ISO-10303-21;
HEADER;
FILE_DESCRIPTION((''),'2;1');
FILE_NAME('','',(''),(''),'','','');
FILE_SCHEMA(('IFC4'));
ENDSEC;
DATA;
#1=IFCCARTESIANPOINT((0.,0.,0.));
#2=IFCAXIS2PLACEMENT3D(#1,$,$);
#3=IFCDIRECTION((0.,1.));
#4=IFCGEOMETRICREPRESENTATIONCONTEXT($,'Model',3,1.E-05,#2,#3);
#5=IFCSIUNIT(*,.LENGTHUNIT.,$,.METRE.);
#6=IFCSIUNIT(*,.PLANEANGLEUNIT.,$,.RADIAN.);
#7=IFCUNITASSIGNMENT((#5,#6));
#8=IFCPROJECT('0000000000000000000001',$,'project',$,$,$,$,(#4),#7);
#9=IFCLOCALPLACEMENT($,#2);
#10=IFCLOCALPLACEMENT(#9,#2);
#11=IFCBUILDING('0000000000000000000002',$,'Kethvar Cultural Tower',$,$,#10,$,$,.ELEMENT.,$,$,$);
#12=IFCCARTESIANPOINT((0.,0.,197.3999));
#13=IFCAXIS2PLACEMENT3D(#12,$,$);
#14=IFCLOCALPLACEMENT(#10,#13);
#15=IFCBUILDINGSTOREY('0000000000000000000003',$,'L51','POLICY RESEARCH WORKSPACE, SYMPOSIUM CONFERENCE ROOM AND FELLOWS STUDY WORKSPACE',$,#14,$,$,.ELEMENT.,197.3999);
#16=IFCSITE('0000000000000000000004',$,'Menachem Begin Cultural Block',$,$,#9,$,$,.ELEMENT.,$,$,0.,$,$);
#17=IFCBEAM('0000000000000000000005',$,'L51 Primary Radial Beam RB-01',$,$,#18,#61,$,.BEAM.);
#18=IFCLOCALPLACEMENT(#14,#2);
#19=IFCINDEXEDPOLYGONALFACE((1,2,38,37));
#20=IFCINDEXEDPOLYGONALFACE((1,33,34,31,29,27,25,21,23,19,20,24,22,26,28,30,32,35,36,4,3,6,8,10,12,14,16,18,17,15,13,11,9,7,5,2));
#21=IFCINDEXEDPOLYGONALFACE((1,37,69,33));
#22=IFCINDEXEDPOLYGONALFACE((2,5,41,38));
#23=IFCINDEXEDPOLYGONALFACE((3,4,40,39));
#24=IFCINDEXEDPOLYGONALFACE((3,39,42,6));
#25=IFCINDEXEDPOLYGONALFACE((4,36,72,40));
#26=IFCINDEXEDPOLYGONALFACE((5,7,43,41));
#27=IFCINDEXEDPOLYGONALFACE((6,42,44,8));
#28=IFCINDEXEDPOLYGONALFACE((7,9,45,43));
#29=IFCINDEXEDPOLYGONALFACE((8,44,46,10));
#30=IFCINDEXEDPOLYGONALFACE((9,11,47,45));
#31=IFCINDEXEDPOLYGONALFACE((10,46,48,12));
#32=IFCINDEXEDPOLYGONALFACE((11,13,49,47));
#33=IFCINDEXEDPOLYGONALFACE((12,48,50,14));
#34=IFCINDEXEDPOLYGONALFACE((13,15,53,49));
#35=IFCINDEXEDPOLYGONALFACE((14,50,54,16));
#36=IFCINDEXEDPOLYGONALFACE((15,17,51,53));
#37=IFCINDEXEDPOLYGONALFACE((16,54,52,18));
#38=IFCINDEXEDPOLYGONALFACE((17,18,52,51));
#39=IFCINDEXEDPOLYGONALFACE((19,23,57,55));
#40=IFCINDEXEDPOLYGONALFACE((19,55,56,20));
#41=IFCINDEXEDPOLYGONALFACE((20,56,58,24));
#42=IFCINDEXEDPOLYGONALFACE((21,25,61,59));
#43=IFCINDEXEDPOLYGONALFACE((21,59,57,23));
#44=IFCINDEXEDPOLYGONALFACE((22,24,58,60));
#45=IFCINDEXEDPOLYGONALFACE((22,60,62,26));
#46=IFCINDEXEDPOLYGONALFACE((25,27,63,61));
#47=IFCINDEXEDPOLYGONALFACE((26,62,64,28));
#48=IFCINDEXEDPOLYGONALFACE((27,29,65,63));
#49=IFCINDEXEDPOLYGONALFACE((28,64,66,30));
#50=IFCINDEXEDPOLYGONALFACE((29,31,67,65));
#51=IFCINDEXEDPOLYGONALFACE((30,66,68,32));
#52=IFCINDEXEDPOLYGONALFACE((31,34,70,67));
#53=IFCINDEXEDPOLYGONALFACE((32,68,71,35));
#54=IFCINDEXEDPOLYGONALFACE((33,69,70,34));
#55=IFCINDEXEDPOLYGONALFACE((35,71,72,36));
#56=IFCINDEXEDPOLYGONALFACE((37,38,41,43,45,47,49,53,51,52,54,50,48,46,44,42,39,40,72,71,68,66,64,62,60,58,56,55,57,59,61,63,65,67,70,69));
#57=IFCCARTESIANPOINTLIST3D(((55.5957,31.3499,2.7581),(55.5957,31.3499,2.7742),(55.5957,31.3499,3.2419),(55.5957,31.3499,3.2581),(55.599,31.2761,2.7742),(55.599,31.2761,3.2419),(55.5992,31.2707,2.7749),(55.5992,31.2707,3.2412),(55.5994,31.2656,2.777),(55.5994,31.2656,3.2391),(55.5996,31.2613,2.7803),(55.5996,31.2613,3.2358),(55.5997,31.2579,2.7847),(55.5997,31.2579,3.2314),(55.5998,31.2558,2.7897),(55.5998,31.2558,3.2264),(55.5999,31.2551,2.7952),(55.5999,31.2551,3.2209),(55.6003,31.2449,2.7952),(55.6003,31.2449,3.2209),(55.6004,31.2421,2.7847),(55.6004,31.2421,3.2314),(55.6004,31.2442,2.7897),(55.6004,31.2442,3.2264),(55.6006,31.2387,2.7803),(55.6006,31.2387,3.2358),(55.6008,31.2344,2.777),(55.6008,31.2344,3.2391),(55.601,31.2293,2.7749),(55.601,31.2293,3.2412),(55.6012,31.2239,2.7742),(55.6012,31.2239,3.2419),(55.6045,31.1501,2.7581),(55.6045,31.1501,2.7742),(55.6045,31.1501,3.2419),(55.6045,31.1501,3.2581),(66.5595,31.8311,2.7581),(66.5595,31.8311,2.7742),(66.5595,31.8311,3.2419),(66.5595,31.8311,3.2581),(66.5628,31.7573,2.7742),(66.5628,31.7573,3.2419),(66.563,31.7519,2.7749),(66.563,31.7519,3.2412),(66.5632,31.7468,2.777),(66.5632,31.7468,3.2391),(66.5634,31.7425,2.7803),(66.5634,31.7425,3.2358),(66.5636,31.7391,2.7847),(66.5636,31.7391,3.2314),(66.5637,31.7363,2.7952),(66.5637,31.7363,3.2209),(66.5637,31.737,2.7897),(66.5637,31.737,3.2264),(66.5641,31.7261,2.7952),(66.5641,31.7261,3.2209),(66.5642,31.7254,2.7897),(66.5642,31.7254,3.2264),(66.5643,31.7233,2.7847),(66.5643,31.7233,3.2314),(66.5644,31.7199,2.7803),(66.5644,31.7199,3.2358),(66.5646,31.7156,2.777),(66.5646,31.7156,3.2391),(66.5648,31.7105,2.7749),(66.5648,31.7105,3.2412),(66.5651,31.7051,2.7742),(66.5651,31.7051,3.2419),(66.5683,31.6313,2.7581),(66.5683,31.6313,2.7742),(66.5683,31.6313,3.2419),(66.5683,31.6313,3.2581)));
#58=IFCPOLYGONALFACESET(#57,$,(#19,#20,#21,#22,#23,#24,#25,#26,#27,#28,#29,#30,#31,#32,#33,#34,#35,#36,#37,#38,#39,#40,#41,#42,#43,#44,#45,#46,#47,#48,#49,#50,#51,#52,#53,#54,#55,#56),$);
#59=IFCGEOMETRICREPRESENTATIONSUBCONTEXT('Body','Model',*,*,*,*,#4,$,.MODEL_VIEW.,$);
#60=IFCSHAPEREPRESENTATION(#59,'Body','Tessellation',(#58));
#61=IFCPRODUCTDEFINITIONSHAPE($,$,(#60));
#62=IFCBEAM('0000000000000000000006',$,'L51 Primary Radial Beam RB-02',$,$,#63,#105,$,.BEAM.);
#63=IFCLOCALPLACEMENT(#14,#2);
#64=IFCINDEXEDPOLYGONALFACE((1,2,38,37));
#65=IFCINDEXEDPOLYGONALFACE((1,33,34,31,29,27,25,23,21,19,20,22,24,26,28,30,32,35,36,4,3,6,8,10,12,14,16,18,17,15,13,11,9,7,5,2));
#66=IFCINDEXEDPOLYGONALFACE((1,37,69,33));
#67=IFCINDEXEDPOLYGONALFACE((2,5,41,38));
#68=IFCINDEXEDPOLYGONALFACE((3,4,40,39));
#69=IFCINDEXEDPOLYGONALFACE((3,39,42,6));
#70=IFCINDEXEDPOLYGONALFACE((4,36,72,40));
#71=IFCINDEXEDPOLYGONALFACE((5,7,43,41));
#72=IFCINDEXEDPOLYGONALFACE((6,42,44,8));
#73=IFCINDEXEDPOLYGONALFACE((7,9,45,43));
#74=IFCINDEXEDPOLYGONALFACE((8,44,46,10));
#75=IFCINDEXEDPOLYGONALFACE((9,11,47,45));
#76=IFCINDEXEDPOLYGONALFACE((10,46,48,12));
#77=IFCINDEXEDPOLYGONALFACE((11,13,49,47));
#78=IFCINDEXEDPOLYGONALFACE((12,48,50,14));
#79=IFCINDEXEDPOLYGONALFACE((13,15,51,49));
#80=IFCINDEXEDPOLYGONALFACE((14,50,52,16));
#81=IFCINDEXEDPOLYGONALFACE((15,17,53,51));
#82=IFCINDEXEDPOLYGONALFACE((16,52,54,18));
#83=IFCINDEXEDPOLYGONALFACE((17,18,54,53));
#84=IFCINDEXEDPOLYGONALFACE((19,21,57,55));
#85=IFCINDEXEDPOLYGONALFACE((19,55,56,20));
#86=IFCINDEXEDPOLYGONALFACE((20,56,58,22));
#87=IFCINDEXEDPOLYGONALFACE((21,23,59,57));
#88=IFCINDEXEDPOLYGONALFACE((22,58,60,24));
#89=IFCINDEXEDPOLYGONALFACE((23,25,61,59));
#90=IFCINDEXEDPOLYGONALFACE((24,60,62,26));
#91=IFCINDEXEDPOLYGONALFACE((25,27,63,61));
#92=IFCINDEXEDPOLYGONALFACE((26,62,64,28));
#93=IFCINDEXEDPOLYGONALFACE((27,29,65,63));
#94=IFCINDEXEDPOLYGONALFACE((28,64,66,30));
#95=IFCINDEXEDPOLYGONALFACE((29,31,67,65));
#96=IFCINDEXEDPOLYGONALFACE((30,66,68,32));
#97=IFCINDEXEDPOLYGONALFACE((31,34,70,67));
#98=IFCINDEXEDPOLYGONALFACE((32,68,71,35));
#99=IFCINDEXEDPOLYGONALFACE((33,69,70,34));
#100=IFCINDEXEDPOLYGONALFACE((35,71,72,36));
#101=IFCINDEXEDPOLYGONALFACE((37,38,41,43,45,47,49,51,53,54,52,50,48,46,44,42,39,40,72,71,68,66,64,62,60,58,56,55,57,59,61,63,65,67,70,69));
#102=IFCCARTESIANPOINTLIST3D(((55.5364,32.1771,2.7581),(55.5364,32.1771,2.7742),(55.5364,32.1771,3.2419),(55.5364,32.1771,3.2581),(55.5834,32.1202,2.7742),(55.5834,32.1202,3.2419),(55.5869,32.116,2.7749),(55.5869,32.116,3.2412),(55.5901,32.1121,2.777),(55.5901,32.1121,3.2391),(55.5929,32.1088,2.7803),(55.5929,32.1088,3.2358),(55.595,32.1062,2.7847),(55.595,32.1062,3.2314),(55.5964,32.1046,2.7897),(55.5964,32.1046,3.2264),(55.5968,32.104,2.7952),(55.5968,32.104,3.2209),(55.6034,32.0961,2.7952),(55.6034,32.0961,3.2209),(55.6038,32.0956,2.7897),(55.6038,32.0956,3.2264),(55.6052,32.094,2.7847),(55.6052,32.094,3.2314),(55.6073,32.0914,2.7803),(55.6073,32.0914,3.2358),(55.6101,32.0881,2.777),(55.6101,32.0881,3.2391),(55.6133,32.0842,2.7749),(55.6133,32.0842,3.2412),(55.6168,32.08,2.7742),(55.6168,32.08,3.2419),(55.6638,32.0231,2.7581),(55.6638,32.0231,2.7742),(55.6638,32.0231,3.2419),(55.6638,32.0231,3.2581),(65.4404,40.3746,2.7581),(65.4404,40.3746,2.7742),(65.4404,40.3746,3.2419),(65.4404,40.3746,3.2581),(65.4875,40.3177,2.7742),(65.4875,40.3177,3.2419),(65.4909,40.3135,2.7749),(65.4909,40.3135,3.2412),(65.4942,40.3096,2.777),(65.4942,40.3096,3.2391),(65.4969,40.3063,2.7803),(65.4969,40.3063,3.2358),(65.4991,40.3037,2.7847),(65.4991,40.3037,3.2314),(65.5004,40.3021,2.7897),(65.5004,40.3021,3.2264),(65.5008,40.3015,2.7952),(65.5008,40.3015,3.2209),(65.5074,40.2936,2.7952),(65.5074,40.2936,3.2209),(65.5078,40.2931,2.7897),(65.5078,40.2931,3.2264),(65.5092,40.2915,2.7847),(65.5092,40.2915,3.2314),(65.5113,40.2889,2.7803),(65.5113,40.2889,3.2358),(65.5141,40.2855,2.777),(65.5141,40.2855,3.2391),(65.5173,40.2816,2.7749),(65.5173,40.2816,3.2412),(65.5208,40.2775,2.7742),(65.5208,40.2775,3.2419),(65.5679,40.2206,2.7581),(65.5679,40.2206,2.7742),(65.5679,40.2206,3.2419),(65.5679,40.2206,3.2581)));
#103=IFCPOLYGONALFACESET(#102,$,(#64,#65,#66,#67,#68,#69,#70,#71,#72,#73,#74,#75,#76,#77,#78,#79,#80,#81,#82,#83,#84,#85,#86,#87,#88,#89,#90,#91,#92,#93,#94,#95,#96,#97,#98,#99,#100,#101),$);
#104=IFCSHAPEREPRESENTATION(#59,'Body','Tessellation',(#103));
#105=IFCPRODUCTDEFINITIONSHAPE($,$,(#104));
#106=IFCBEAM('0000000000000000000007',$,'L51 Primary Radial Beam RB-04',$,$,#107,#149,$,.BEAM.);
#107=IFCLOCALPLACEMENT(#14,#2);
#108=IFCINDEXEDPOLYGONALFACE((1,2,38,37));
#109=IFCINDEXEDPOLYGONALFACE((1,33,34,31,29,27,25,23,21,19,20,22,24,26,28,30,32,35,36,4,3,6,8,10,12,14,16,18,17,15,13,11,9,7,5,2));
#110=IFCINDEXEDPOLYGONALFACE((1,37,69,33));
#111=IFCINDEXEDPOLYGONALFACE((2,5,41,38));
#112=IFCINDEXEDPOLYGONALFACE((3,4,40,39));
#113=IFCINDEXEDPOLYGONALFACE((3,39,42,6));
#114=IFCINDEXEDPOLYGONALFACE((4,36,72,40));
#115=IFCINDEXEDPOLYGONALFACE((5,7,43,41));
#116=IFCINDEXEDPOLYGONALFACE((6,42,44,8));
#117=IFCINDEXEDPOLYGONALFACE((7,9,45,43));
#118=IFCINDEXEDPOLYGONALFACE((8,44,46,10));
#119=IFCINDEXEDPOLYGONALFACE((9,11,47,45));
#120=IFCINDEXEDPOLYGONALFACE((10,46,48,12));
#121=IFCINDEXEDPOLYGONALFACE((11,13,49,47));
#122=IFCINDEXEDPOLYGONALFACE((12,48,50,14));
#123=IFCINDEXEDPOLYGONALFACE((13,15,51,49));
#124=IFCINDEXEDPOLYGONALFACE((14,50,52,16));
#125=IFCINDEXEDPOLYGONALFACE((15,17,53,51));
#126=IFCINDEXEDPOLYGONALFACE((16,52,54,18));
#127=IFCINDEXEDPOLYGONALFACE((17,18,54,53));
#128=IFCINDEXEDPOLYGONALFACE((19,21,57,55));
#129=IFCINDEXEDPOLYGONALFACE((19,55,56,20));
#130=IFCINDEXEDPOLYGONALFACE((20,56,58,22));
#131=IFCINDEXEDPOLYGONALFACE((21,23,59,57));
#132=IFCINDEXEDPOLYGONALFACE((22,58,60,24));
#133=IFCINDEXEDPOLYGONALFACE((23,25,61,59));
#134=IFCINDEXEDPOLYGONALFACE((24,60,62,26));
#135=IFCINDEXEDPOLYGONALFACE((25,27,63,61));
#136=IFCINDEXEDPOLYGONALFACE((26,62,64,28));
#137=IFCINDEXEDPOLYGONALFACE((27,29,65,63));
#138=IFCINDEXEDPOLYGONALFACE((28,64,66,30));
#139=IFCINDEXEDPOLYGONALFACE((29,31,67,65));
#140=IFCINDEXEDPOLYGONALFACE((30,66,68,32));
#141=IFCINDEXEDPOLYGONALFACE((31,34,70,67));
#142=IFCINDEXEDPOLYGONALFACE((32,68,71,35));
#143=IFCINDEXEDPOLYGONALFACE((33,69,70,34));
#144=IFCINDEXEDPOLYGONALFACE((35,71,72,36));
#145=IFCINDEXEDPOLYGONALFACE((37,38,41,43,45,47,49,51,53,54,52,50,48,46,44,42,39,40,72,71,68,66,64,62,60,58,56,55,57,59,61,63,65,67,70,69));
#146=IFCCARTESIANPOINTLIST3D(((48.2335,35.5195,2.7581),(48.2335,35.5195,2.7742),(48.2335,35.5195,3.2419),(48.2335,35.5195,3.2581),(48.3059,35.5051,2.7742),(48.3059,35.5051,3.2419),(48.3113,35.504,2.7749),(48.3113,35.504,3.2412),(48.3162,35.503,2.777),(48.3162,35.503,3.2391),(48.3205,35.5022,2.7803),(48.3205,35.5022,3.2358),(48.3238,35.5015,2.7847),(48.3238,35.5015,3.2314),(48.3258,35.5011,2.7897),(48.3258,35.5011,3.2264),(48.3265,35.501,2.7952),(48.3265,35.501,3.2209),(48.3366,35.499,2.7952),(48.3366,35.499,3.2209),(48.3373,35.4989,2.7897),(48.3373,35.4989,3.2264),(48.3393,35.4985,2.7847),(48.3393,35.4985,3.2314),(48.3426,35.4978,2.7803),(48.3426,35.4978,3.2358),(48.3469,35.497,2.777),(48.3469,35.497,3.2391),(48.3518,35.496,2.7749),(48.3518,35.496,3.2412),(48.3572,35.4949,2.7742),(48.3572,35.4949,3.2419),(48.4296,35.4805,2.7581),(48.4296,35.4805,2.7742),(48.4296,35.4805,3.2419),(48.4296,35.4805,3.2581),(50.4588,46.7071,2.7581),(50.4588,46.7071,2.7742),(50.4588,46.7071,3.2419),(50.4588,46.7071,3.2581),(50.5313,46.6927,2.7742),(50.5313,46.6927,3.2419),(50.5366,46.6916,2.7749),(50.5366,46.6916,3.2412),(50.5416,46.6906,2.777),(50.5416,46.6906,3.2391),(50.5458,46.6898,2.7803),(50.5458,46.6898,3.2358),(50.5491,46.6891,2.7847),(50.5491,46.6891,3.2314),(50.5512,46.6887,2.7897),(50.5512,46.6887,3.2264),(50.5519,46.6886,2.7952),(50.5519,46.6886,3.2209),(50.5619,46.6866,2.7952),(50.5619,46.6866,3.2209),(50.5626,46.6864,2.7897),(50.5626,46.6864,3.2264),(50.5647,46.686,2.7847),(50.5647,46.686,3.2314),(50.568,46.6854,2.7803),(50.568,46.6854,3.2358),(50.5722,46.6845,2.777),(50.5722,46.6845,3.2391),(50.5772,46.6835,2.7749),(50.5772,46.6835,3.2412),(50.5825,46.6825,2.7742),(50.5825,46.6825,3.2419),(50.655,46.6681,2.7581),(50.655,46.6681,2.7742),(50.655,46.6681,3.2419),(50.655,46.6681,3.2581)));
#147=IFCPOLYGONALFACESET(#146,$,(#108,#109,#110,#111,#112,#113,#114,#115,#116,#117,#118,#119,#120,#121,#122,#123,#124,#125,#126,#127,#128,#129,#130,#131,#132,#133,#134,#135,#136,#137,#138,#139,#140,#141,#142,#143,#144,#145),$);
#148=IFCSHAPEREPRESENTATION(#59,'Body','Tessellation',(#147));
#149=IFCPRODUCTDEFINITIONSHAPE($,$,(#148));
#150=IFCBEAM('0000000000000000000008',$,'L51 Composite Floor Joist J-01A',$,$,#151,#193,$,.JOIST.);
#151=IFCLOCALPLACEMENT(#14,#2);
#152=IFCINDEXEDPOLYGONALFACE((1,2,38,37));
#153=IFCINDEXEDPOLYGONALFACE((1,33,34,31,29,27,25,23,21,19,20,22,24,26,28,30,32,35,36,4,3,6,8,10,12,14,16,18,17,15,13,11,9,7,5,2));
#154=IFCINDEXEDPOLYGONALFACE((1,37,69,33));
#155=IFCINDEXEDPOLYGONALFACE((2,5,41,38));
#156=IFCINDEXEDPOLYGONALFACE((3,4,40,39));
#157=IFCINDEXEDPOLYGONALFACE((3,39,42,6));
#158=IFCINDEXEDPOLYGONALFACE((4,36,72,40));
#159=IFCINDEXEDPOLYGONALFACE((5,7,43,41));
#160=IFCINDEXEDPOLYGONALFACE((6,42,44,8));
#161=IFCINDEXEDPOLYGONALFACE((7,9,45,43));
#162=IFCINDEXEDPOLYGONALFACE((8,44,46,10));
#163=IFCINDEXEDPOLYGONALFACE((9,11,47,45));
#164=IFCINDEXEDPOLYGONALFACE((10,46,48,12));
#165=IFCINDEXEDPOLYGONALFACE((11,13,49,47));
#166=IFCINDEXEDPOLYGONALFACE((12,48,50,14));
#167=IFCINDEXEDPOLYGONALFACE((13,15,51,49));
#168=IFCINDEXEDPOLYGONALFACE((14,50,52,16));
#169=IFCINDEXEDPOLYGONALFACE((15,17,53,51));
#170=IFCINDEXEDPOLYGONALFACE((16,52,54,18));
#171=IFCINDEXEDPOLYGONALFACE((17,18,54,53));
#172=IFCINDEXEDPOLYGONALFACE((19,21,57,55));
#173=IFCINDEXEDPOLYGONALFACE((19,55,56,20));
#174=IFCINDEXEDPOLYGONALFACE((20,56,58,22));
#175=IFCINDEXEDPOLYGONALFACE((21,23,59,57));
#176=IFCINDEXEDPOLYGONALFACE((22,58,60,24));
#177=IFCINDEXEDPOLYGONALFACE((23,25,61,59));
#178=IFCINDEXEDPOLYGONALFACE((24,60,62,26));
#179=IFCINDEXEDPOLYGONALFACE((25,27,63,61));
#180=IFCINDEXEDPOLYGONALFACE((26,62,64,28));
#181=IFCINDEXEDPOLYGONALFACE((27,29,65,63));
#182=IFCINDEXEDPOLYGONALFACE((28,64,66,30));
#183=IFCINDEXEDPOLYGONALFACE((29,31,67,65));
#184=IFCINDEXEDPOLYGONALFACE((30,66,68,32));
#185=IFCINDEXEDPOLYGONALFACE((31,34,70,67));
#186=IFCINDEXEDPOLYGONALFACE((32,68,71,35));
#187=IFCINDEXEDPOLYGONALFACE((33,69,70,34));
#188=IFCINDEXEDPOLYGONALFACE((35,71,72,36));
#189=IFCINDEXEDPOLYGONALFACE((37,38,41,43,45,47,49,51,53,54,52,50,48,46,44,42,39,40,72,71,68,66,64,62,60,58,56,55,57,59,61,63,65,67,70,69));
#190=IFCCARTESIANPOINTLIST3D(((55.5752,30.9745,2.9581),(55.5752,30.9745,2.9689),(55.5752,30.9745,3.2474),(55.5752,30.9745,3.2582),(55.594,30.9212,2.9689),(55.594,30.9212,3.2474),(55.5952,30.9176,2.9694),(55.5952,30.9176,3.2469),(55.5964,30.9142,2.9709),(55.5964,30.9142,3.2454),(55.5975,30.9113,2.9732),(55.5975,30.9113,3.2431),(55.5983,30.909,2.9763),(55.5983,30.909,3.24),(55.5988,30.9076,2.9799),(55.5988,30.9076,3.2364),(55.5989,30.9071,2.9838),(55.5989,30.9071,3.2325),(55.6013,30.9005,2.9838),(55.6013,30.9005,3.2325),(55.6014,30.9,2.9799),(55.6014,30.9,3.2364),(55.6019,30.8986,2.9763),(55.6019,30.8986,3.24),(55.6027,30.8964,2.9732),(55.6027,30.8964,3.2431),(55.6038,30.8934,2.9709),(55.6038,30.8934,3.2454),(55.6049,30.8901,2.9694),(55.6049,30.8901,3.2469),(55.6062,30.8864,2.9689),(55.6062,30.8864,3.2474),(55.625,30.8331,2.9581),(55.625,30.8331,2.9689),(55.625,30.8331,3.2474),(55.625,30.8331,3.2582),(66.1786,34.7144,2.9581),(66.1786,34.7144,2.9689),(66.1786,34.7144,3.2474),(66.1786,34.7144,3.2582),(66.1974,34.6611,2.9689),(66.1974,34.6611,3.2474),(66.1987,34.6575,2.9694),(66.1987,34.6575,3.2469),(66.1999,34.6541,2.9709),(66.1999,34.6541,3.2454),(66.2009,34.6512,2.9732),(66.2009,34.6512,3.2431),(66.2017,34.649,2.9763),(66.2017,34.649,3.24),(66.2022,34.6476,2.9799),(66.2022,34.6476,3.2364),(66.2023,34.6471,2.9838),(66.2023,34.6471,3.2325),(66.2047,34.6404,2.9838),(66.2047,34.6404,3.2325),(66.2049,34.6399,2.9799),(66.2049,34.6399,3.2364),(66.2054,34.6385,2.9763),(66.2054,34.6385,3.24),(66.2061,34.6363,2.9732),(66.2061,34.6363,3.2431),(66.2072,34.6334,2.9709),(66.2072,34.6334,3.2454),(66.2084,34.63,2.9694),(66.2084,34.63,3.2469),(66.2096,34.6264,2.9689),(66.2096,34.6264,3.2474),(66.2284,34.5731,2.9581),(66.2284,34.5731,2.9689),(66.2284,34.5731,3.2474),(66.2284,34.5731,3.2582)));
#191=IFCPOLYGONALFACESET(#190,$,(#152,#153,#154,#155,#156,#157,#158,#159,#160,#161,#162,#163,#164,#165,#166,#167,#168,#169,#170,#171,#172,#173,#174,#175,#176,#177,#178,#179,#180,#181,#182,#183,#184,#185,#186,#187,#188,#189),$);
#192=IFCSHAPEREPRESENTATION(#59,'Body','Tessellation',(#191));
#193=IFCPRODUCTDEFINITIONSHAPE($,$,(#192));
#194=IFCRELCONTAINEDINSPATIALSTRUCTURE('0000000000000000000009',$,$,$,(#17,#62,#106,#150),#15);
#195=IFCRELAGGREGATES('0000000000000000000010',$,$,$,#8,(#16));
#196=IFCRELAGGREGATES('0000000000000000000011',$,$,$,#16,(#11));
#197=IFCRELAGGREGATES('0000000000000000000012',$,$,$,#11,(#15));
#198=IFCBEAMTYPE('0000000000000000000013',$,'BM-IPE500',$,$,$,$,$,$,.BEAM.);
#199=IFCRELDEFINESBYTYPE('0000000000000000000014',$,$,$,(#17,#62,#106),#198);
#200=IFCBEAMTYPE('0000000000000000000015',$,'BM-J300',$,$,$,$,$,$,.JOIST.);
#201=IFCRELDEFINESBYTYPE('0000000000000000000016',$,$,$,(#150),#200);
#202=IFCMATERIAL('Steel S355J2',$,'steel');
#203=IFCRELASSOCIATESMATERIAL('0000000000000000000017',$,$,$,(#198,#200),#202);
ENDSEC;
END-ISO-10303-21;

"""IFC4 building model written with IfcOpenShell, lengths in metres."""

from ifc_helpers import new_model, si_unit, direction, frame, origin, origin_2d, place, context, subcontext, project, spatial, i_section, extrude, source, transform, mapped, material, material_profile, profile_set, type_object, element, save


model = new_model("IFC4")

# Units and contexts
model_context = context("Model", 3, precision=1e-05, world=origin(), true_north=direction((0.0, 1.0)))
body_context = subcontext(model_context, "Body", "Model", "MODEL_VIEW")
ifc_project = project(units=[si_unit("LENGTHUNIT", "METRE"), si_unit("PLANEANGLEUNIT", "RADIAN")], contexts=[model_context])

# Site, building, storey
site_placement = place(None, origin())
site = spatial("IfcSite", under=ifc_project, at=site_placement, Name="Menachem Begin Cultural Block", CompositionType="ELEMENT", RefElevation=0.0)
building_placement = place(site_placement, origin())
building = spatial("IfcBuilding", under=site, at=building_placement, Name="Kethvar Cultural Tower", CompositionType="ELEMENT")
storey_placement = place(building_placement, frame((0.0, 0.0, 197.3999)))
storey = spatial("IfcBuildingStorey", under=building, at=storey_placement, Name="L51", Description="POLICY RESEARCH WORKSPACE, SYMPOSIUM CONFERENCE ROOM AND FELLOWS STUDY WORKSPACE", CompositionType="ELEMENT", Elevation=197.3999)

# Beams
ifc_material_1 = material(Name="Steel S355J2", Category="steel")
ifc_material_profile_1 = material_profile(ifc_material_1, i_section(OverallWidth=0.2, OverallDepth=0.5, WebThickness=0.0103, FlangeThickness=0.0161, FilletRadius=0.021, at=origin_2d()), Name="Steel S355J2 — IPE500")
ifc_profile_set_1 = profile_set([ifc_material_profile_1], Name="Steel S355J2 — IPE500")
beam_type_1 = type_object("IfcBeamType", Name="BM-IPE500", PredefinedType="BEAM", material=ifc_profile_set_1)
shared_shape_1 = source(origin(), body_context, "Body", "SweptSolid", [
    extrude(i_section(OverallWidth=0.2, OverallDepth=0.5, WebThickness=0.0103, FlangeThickness=0.0161, FilletRadius=0.021, at=origin_2d()), origin(), (0.0, 0.0, 1.0), 10.9744),
])
beam_1_placement = place(storey_placement, frame((55.6001, 31.25, 3.0081), z_axis=(0.999038, 0.043848, 0.0), x_axis=(-0.043848, 0.999038, 0.0)))
element("IfcBeam", 1, at=beam_1_placement, inside=storey, type_object=beam_type_1, Name="L51 Primary Radial Beam RB-01", PredefinedType="BEAM", context=body_context, shape_type="MappedRepresentation", body=[
    mapped(shared_shape_1, transform((0.0, 0.0, 0.0), scale=1.0)),
])
shared_shape_2 = source(origin(), body_context, "Body", "SweptSolid", [
    extrude(i_section(OverallWidth=0.2, OverallDepth=0.5, WebThickness=0.0103, FlangeThickness=0.0161, FilletRadius=0.021, at=origin_2d()), origin(), (0.0, 0.0, 1.0), 12.8564),
])
beam_2_placement = place(storey_placement, frame((55.6001, 32.1001, 3.0081), z_axis=(0.770354, 0.637616, 0.0), x_axis=(-0.637616, 0.770354, 0.0)))
element("IfcBeam", 2, at=beam_2_placement, inside=storey, type_object=beam_type_1, Name="L51 Primary Radial Beam RB-02", PredefinedType="BEAM", context=body_context, shape_type="MappedRepresentation", body=[
    mapped(shared_shape_2, transform((0.0, 0.0, 0.0), scale=1.0)),
])
shared_shape_3 = source(origin(), body_context, "Body", "SweptSolid", [
    extrude(i_section(OverallWidth=0.2, OverallDepth=0.5, WebThickness=0.0103, FlangeThickness=0.0161, FilletRadius=0.021, at=origin_2d()), origin(), (0.0, 0.0, 1.0), 11.4067),
])
beam_3_placement = place(storey_placement, frame((48.3315, 35.5, 3.0081), z_axis=(0.195091, 0.980785, 0.0), x_axis=(-0.980785, 0.195091, 0.0)))
element("IfcBeam", 3, at=beam_3_placement, inside=storey, type_object=beam_type_1, Name="L51 Primary Radial Beam RB-04", PredefinedType="BEAM", context=body_context, shape_type="MappedRepresentation", body=[
    mapped(shared_shape_3, transform((0.0, 0.0, 0.0), scale=1.0)),
])
ifc_material_profile_2 = material_profile(ifc_material_1, i_section(OverallWidth=0.1499, OverallDepth=0.3, WebThickness=0.0071, FlangeThickness=0.0107, FilletRadius=0.0149, at=origin_2d()), Name="Steel S355J2 — IPE300")
ifc_profile_set_2 = profile_set([ifc_material_profile_2], Name="Steel S355J2 — IPE300")
beam_type_2 = type_object("IfcBeamType", Name="BM-J300", PredefinedType="JOIST", material=ifc_profile_set_2)
shared_shape_4 = source(origin(), body_context, "Body", "SweptSolid", [
    extrude(i_section(OverallWidth=0.1499, OverallDepth=0.3, WebThickness=0.0071, FlangeThickness=0.0107, FilletRadius=0.0149, at=origin_2d()), origin(), (0.0, 0.0, 1.0), 11.2437),
])
beam_4_placement = place(storey_placement, frame((55.6001, 30.9038, 3.1082), z_axis=(0.943058, 0.332628, 0.0), x_axis=(-0.332628, 0.943058, 0.0)))
element("IfcBeam", 4, at=beam_4_placement, inside=storey, type_object=beam_type_2, Name="L51 Composite Floor Joist J-01A", PredefinedType="JOIST", context=body_context, shape_type="MappedRepresentation", body=[
    mapped(shared_shape_4, transform((0.0, 0.0, 0.0), scale=1.0)),
])

save(model, "model.ifc")
